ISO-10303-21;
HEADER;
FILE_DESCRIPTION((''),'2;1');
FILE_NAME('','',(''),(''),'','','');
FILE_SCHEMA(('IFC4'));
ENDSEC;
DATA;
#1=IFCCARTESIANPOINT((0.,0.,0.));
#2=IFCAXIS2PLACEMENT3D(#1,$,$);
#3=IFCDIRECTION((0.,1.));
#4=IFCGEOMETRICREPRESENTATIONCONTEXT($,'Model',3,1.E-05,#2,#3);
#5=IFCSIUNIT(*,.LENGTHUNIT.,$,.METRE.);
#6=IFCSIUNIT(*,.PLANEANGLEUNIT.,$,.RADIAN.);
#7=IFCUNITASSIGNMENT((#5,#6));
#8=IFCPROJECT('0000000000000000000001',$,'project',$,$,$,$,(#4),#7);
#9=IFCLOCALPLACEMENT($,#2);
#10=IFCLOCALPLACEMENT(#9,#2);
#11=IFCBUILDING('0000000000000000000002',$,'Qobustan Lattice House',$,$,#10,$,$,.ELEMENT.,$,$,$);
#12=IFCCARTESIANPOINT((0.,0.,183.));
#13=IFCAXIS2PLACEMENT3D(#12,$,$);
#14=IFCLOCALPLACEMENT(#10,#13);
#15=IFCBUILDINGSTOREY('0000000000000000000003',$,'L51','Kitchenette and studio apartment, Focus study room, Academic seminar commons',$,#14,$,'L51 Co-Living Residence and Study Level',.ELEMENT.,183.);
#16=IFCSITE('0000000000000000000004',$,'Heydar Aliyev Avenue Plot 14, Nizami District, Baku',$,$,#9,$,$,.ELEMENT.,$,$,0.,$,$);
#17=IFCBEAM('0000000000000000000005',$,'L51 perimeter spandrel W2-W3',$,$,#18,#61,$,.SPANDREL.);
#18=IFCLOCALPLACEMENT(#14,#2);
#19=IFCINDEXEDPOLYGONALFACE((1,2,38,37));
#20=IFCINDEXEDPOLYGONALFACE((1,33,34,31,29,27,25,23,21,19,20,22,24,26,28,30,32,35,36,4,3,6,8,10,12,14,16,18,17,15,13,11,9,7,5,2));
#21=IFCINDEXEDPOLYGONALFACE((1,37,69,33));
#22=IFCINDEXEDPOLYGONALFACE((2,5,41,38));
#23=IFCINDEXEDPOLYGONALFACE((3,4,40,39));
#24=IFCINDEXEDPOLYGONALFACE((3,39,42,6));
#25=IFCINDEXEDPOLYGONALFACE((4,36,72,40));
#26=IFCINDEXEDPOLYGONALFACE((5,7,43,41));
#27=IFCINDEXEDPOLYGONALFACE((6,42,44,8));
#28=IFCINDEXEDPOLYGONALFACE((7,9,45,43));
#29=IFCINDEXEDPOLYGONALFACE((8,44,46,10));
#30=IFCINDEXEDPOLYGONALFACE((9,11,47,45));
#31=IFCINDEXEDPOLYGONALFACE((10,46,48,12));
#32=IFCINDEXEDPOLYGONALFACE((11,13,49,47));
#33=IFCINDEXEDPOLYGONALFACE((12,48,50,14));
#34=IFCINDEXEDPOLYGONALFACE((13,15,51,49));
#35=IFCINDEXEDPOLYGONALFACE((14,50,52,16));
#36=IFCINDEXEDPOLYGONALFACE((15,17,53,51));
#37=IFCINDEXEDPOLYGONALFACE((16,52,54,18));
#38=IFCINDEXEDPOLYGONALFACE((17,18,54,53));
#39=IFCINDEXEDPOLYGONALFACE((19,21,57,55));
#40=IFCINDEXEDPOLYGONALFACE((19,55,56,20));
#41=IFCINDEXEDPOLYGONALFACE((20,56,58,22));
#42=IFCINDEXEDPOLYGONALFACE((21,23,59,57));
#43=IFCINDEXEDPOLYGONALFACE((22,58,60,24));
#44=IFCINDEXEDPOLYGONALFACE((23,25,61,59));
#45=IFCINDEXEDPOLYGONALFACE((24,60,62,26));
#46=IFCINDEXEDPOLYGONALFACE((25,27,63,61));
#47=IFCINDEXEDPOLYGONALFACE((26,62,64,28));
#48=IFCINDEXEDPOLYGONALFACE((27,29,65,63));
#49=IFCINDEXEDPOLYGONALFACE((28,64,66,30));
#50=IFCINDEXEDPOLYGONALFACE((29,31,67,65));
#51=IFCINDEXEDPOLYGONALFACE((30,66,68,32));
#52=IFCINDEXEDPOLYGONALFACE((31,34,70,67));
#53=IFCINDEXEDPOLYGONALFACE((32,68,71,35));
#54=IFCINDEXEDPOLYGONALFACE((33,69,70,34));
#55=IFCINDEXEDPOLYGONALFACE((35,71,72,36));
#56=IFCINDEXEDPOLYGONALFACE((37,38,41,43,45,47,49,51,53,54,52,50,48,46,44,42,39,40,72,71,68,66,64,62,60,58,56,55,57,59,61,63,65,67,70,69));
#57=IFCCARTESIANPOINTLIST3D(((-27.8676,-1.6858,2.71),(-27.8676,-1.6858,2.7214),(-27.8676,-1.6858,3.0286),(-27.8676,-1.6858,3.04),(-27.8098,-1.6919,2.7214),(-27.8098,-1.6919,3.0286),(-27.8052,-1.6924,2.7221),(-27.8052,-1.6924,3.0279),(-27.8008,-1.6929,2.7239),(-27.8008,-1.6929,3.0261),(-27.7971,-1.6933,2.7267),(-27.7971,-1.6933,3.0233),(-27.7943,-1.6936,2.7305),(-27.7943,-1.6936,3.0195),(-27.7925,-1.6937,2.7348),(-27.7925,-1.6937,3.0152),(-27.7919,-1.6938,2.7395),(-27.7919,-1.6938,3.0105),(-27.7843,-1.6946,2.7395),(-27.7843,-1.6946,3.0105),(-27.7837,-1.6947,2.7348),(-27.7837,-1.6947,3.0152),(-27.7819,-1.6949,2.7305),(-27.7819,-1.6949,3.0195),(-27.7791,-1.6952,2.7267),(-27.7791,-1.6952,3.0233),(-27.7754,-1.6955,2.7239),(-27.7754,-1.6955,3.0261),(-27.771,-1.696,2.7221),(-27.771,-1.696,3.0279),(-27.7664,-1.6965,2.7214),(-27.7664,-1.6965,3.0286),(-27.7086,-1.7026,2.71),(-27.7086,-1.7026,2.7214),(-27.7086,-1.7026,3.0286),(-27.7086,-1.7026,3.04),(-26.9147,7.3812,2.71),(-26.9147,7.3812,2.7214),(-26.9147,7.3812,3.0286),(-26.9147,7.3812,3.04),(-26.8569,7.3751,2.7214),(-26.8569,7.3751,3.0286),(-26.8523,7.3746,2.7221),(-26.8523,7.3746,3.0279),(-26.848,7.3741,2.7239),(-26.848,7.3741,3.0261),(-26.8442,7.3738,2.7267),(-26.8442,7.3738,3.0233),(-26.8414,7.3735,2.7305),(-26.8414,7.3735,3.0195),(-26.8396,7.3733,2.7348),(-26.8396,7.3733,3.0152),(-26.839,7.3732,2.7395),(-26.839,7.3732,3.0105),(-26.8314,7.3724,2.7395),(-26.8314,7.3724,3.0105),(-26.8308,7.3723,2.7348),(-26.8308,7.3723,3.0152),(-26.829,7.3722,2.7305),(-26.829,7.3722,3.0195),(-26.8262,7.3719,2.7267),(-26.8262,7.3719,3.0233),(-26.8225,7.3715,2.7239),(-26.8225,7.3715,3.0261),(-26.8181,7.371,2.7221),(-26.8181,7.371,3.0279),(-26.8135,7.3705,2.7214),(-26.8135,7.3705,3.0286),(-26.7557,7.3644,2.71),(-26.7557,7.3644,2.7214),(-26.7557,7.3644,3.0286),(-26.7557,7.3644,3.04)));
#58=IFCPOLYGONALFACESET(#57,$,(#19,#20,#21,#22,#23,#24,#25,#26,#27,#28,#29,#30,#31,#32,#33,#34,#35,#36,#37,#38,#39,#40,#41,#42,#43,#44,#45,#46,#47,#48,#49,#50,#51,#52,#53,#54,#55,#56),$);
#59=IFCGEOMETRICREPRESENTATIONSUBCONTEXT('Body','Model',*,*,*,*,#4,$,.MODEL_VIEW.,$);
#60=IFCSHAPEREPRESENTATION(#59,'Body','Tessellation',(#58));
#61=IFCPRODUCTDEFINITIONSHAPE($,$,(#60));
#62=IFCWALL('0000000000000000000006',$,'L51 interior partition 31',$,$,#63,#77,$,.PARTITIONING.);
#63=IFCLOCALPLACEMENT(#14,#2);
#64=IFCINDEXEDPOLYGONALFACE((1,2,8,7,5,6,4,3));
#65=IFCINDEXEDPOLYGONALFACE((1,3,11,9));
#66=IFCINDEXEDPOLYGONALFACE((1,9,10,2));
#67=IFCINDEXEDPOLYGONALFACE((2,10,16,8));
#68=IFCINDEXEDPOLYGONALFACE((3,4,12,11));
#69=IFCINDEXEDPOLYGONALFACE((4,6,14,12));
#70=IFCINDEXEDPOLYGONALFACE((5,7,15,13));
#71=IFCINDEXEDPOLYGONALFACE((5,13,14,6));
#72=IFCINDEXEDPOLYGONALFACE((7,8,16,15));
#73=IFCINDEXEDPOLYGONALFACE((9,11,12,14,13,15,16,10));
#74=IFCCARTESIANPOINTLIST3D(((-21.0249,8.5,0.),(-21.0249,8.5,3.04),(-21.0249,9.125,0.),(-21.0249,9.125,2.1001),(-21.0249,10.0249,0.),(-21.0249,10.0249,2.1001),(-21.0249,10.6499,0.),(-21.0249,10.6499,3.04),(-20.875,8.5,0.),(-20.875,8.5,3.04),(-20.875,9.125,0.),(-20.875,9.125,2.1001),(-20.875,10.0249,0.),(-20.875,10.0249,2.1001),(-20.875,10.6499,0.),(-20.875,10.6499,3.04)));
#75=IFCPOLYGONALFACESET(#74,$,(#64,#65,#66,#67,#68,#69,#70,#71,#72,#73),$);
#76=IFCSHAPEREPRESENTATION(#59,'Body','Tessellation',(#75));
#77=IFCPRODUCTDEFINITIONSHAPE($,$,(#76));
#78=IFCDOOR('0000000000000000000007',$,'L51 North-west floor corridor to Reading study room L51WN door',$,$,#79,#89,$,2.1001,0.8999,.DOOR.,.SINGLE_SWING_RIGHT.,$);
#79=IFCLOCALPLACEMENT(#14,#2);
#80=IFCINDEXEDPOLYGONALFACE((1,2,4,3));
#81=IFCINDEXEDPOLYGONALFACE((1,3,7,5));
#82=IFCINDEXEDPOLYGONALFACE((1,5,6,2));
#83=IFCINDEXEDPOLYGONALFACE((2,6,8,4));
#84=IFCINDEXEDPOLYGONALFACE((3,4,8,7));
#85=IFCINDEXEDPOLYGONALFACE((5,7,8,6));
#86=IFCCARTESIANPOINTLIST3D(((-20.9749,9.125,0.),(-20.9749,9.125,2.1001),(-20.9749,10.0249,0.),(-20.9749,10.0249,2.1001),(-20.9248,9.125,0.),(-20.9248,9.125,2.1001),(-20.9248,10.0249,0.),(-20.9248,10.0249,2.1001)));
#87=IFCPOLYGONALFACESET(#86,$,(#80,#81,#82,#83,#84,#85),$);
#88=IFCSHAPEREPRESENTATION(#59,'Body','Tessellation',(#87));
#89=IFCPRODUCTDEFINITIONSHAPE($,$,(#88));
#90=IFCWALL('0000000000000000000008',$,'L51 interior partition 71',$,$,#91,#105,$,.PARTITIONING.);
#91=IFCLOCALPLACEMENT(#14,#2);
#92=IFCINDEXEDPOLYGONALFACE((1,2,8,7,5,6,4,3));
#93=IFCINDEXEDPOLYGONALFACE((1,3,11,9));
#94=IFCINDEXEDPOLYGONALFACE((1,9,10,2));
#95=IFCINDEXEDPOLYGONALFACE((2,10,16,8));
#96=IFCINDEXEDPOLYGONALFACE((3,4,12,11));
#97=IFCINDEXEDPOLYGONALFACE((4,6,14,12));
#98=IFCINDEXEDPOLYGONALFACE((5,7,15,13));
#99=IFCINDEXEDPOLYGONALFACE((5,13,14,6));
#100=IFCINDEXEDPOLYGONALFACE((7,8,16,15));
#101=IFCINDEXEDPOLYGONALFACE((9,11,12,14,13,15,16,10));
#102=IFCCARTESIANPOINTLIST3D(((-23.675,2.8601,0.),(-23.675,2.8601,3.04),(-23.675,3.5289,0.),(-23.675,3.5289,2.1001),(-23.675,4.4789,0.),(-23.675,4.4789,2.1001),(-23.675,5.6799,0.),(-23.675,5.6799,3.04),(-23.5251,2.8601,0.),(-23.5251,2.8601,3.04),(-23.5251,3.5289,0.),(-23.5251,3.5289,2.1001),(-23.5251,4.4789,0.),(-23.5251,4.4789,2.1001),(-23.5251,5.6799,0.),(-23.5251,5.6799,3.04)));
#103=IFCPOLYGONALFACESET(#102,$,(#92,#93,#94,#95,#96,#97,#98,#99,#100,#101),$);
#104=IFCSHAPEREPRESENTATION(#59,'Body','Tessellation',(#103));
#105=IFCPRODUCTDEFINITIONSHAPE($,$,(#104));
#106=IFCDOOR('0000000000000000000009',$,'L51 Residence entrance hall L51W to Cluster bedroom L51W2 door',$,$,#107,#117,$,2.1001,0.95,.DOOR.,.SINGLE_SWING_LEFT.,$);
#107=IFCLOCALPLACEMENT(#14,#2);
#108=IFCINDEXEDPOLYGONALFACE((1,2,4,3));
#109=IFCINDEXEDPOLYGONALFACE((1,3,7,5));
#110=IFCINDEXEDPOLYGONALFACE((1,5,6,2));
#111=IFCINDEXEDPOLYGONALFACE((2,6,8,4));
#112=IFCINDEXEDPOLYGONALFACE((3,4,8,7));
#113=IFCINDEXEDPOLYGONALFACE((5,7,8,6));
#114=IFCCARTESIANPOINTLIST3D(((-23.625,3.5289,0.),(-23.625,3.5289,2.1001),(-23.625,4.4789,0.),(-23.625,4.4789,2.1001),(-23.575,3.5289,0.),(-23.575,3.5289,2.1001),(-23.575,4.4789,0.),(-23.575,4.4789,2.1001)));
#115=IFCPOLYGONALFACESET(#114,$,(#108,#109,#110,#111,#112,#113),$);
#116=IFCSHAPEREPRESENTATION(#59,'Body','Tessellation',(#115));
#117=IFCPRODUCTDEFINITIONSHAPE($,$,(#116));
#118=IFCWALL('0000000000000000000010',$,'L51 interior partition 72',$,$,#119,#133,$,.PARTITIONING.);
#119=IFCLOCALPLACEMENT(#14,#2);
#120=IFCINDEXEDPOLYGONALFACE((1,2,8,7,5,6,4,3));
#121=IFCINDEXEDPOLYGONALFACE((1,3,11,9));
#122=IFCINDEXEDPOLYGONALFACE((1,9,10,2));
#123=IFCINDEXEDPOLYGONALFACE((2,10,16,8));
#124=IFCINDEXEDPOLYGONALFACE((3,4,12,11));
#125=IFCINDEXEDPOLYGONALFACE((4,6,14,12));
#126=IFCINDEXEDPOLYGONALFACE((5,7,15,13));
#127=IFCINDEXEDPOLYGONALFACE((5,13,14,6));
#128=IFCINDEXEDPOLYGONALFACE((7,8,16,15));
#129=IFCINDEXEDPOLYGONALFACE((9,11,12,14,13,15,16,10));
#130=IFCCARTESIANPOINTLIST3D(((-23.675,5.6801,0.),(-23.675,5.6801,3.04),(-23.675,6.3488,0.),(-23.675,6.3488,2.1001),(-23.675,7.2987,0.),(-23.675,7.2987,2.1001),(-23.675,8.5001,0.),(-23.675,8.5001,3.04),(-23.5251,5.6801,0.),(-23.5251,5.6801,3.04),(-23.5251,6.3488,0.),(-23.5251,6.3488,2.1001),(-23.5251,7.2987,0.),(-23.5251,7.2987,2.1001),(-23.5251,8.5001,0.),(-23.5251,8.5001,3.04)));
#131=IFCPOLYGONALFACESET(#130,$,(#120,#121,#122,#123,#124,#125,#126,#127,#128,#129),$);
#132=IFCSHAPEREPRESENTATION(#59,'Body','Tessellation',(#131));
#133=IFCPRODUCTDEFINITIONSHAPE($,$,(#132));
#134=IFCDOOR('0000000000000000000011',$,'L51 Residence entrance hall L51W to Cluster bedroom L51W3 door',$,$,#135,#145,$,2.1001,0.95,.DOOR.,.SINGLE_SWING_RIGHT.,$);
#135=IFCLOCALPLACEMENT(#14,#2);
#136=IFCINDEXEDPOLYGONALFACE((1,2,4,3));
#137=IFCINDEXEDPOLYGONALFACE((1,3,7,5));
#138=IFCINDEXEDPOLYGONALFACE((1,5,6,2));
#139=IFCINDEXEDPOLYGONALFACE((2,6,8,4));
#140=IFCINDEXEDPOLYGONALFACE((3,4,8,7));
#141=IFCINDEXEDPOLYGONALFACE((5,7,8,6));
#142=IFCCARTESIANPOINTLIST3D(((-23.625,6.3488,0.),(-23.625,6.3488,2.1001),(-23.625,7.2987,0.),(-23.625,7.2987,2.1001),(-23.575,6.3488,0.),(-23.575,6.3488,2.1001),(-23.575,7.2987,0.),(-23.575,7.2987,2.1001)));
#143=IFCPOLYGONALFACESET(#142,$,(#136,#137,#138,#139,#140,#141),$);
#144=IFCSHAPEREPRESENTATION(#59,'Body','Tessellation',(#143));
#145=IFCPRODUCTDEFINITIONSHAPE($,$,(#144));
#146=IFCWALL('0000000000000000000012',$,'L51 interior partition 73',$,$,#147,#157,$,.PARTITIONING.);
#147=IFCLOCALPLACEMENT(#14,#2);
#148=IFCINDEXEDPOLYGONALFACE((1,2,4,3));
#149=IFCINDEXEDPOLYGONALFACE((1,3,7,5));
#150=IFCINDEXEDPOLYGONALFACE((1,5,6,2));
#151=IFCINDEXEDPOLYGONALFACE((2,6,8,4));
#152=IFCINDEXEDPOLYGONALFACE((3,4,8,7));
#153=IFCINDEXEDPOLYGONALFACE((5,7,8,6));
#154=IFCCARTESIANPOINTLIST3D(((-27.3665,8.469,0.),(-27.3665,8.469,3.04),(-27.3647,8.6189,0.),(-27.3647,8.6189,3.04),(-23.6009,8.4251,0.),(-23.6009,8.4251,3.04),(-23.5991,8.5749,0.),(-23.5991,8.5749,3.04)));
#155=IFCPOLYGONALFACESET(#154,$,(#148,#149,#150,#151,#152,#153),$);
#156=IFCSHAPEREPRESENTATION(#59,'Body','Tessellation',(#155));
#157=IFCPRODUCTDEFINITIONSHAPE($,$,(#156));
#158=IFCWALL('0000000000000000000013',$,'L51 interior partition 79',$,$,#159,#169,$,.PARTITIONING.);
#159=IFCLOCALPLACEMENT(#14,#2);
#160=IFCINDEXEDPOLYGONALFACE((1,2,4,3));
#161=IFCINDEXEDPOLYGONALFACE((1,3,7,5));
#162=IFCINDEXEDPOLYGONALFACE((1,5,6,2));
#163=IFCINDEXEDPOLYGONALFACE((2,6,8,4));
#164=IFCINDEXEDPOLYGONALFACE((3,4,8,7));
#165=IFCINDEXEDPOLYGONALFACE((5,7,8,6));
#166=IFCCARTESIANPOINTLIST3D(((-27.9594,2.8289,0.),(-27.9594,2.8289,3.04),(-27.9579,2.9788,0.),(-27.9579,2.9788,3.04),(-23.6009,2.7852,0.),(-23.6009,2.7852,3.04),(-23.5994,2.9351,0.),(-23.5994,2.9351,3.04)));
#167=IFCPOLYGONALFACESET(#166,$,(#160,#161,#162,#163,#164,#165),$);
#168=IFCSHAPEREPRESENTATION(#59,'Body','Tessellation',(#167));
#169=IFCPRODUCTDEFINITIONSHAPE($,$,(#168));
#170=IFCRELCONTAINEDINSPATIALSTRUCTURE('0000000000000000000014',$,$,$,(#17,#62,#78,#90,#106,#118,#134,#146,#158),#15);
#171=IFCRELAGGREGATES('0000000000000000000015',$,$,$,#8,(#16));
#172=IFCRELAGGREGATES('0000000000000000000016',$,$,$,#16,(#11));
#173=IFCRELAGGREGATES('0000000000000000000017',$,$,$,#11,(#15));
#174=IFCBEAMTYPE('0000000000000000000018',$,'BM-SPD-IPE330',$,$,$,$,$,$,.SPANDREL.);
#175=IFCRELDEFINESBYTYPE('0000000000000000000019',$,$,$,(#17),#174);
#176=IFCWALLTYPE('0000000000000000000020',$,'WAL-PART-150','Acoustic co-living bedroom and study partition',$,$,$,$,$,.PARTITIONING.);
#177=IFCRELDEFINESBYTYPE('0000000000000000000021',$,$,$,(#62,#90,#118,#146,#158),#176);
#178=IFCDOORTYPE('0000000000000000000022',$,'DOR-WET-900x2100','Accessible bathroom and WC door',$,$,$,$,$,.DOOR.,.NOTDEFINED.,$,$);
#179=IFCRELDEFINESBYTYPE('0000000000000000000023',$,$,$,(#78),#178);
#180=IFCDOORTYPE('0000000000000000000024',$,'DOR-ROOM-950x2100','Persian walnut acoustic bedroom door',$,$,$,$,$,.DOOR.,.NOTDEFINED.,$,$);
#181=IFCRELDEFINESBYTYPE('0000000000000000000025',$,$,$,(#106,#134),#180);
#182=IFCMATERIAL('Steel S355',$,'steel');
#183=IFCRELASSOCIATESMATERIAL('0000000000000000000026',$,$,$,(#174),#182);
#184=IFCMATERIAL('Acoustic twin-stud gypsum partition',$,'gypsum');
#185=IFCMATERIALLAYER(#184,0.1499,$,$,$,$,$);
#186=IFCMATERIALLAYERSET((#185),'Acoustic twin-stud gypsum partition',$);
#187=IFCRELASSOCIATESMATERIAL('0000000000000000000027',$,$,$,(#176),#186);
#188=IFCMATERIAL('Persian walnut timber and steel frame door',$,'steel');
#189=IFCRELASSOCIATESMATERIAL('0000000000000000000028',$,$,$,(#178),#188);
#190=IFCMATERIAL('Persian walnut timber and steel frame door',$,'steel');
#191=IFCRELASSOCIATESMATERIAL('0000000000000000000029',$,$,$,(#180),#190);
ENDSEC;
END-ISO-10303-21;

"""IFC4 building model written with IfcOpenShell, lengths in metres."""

from ifc_helpers import new_model, si_unit, direction, frame, frame_2d, origin, origin_2d, place, context, subcontext, project, spatial, rectangle, i_section, extrude, material, layer, layer_set, material_profile, profile_set, type_object, element, fill, save


model = new_model("IFC4")

# Units and contexts
model_context = context("Model", 3, precision=1e-05, world=origin(), true_north=direction((0.0, 1.0)))
body_context = subcontext(model_context, "Body", "Model", "MODEL_VIEW")
ifc_project = project(units=[si_unit("LENGTHUNIT", "METRE"), si_unit("PLANEANGLEUNIT", "RADIAN")], contexts=[model_context])

# Site, building, storey
site_placement = place(None, origin())
site = spatial("IfcSite", under=ifc_project, at=site_placement, Name="Heydar Aliyev Avenue Plot 14, Nizami District, Baku", CompositionType="ELEMENT", RefElevation=0.0)
building_placement = place(site_placement, origin())
building = spatial("IfcBuilding", under=site, at=building_placement, Name="Qobustan Lattice House", CompositionType="ELEMENT")
storey_placement = place(building_placement, frame((0.0, 0.0, 183.0)))
storey = spatial("IfcBuildingStorey", under=building, at=storey_placement, Name="L51", Description="Kitchenette and studio apartment, Focus study room, Academic seminar commons", LongName="L51 Co-Living Residence and Study Level", CompositionType="ELEMENT", Elevation=183.0)

# Beam
ifc_material_1 = material(Name="Steel S355", Category="steel")
ifc_material_profile_1 = material_profile(ifc_material_1, i_section(OverallWidth=0.1599, OverallDepth=0.3301, WebThickness=0.0076, FlangeThickness=0.0115, FilletRadius=0.0181, at=origin_2d()), Name="IPE330")
ifc_profile_set_1 = profile_set([ifc_material_profile_1], Name="Steel S355")
beam_type_1 = type_object("IfcBeamType", Name="BM-SPD-IPE330", PredefinedType="SPANDREL", material=ifc_profile_set_1)
beam_1_placement = place(storey_placement, frame((-26.8352, 7.3728, 2.875), z_axis=(-0.104519, -0.994523, 0.0), x_axis=(0.994523, -0.104519, 0.0)))
element("IfcBeam", 1, at=beam_1_placement, inside=storey, type_object=beam_type_1, Name="L51 perimeter spandrel W2-W3", PredefinedType="SPANDREL", context=body_context, shape_type="SweptSolid", body=[
    extrude(i_section(OverallWidth=0.1599, OverallDepth=0.3301, WebThickness=0.0076, FlangeThickness=0.0115, FilletRadius=0.0181, at=origin_2d()), origin(), (0.0, 0.0, 1.0), 9.1169),
])

# Walls, openings, doors
ifc_material_2 = material(Name="Acoustic twin-stud gypsum partition", Category="gypsum")
ifc_layer_1 = layer(ifc_material_2, 0.1499)
ifc_layer_set_1 = layer_set([ifc_layer_1], Name="Acoustic twin-stud gypsum partition")
wall_type_1 = type_object("IfcWallType", Name="WAL-PART-150", Description="Acoustic co-living bedroom and study partition", PredefinedType="PARTITIONING", material=ifc_layer_set_1)
wall_1_placement = place(storey_placement, frame((-20.95, 8.5, 0.0), z_axis=(0.0, 0.0, 1.0), x_axis=(0.0, 1.0, 0.0)))
wall_1 = element("IfcWall", 2, at=wall_1_placement, inside=storey, type_object=wall_type_1, Name="L51 interior partition 31", PredefinedType="PARTITIONING", context=body_context, shape_type="SweptSolid", body=[
    extrude(rectangle(XDim=2.1499, YDim=0.1499, at=frame_2d((1.075, 0.0))), origin(), (0.0, 0.0, 1.0), 3.04),
])
opening_1_placement = place(wall_1_placement, frame((0.625, 0.0, 0.0)))
opening_1 = element("IfcOpeningElement", 3, at=opening_1_placement, cuts=wall_1, PredefinedType="OPENING", context=body_context, shape_type="SweptSolid", body=[
    extrude(rectangle(XDim=0.8999, YDim=2.1001, at=frame_2d((0.45, 1.05))), frame((0.0, 0.085, 0.0), z_axis=(0.0, -1.0, 0.0), x_axis=(1.0, 0.0, 0.0)), (0.0, 0.0, 1.0), 0.1699),
])
ifc_material_3 = material(Name="Persian walnut timber and steel frame door", Category="steel")
door_type_1 = type_object("IfcDoorType", Name="DOR-WET-900x2100", Description="Accessible bathroom and WC door", OperationType="NOTDEFINED", PredefinedType="DOOR", material=ifc_material_3)
door_1_placement = place(opening_1_placement, origin())
door_1 = element("IfcDoor", 4, at=door_1_placement, inside=storey, type_object=door_type_1, Name="L51 North-west floor corridor to Reading study room L51WN door", OperationType="SINGLE_SWING_RIGHT", OverallHeight=2.1001, OverallWidth=0.8999, PredefinedType="DOOR", context=body_context, shape_type="SweptSolid", body=[
    extrude(rectangle(XDim=0.8999, YDim=2.1001, at=frame_2d((0.45, 1.05))), frame((0.0, 0.0249, 0.0), z_axis=(0.0, -1.0, 0.0), x_axis=(1.0, 0.0, 0.0)), (0.0, 0.0, 1.0), 0.05),
])
fill(opening_1, door_1)
wall_2_placement = place(storey_placement, frame((-23.6001, 2.8601, 0.0), z_axis=(0.0, 0.0, 1.0), x_axis=(0.0, 1.0, 0.0)))
wall_2 = element("IfcWall", 5, at=wall_2_placement, inside=storey, type_object=wall_type_1, Name="L51 interior partition 71", PredefinedType="PARTITIONING", context=body_context, shape_type="SweptSolid", body=[
    extrude(rectangle(XDim=2.8198, YDim=0.1499, at=frame_2d((1.4099, 0.0))), origin(), (0.0, 0.0, 1.0), 3.04),
])
opening_2_placement = place(wall_2_placement, frame((0.6687, 0.0, 0.0)))
opening_2 = element("IfcOpeningElement", 6, at=opening_2_placement, cuts=wall_2, PredefinedType="OPENING", context=body_context, shape_type="SweptSolid", body=[
    extrude(rectangle(XDim=0.95, YDim=2.1001, at=frame_2d((0.4751, 1.05))), frame((0.0, 0.085, 0.0), z_axis=(0.0, -1.0, 0.0), x_axis=(1.0, 0.0, 0.0)), (0.0, 0.0, 1.0), 0.1699),
])
ifc_material_4 = material(Name="Persian walnut timber and steel frame door", Category="steel")
door_type_2 = type_object("IfcDoorType", Name="DOR-ROOM-950x2100", Description="Persian walnut acoustic bedroom door", OperationType="NOTDEFINED", PredefinedType="DOOR", material=ifc_material_4)
door_2_placement = place(opening_2_placement, origin())
door_2 = element("IfcDoor", 7, at=door_2_placement, inside=storey, type_object=door_type_2, Name="L51 Residence entrance hall L51W to Cluster bedroom L51W2 door", OperationType="SINGLE_SWING_LEFT", OverallHeight=2.1001, OverallWidth=0.95, PredefinedType="DOOR", context=body_context, shape_type="SweptSolid", body=[
    extrude(rectangle(XDim=0.95, YDim=2.1001, at=frame_2d((0.4751, 1.05))), frame((0.0, 0.0249, 0.0), z_axis=(0.0, -1.0, 0.0), x_axis=(1.0, 0.0, 0.0)), (0.0, 0.0, 1.0), 0.05),
])
fill(opening_2, door_2)
wall_3_placement = place(storey_placement, frame((-23.6001, 5.6799, 0.0), z_axis=(0.0, 0.0, 1.0), x_axis=(0.0, 1.0, 0.0)))
wall_3 = element("IfcWall", 8, at=wall_3_placement, inside=storey, type_object=wall_type_1, Name="L51 interior partition 72", PredefinedType="PARTITIONING", context=body_context, shape_type="SweptSolid", body=[
    extrude(rectangle(XDim=2.8201, YDim=0.1499, at=frame_2d((1.4102, 0.0))), origin(), (0.0, 0.0, 1.0), 3.04),
])
opening_3_placement = place(wall_3_placement, frame((0.6687, 0.0, 0.0)))
opening_3 = element("IfcOpeningElement", 9, at=opening_3_placement, cuts=wall_3, PredefinedType="OPENING", context=body_context, shape_type="SweptSolid", body=[
    extrude(rectangle(XDim=0.95, YDim=2.1001, at=frame_2d((0.4751, 1.05))), frame((0.0, 0.085, 0.0), z_axis=(0.0, -1.0, 0.0), x_axis=(1.0, 0.0, 0.0)), (0.0, 0.0, 1.0), 0.1699),
])
door_3_placement = place(opening_3_placement, origin())
door_3 = element("IfcDoor", 10, at=door_3_placement, inside=storey, type_object=door_type_2, Name="L51 Residence entrance hall L51W to Cluster bedroom L51W3 door", OperationType="SINGLE_SWING_RIGHT", OverallHeight=2.1001, OverallWidth=0.95, PredefinedType="DOOR", context=body_context, shape_type="SweptSolid", body=[
    extrude(rectangle(XDim=0.95, YDim=2.1001, at=frame_2d((0.4751, 1.05))), frame((0.0, 0.0249, 0.0), z_axis=(0.0, -1.0, 0.0), x_axis=(1.0, 0.0, 0.0)), (0.0, 0.0, 1.0), 0.05),
])
fill(opening_3, door_3)

# Walls
wall_4_placement = place(storey_placement, frame((-23.6001, 8.5, 0.0), z_axis=(0.0, 0.0, 1.0), x_axis=(-0.999932, 0.011669, 0.0)))
element("IfcWall", 11, at=wall_4_placement, inside=storey, type_object=wall_type_1, Name="L51 interior partition 73", PredefinedType="PARTITIONING", context=body_context, shape_type="SweptSolid", body=[
    extrude(rectangle(XDim=3.7659, YDim=0.1499, at=frame_2d((1.8828, 0.0))), origin(), (0.0, 0.0, 1.0), 3.04),
])
wall_5_placement = place(storey_placement, frame((-27.9585, 2.9038, 0.0), z_axis=(0.0, 0.0, 1.0), x_axis=(0.99995, -0.010026, 0.0)))
element("IfcWall", 12, at=wall_5_placement, inside=storey, type_object=wall_type_1, Name="L51 interior partition 79", PredefinedType="PARTITIONING", context=body_context, shape_type="SweptSolid", body=[
    extrude(rectangle(XDim=4.3586, YDim=0.1499, at=frame_2d((2.1792, 0.0))), origin(), (0.0, 0.0, 1.0), 3.04),
])

save(model, "model.ifc")
